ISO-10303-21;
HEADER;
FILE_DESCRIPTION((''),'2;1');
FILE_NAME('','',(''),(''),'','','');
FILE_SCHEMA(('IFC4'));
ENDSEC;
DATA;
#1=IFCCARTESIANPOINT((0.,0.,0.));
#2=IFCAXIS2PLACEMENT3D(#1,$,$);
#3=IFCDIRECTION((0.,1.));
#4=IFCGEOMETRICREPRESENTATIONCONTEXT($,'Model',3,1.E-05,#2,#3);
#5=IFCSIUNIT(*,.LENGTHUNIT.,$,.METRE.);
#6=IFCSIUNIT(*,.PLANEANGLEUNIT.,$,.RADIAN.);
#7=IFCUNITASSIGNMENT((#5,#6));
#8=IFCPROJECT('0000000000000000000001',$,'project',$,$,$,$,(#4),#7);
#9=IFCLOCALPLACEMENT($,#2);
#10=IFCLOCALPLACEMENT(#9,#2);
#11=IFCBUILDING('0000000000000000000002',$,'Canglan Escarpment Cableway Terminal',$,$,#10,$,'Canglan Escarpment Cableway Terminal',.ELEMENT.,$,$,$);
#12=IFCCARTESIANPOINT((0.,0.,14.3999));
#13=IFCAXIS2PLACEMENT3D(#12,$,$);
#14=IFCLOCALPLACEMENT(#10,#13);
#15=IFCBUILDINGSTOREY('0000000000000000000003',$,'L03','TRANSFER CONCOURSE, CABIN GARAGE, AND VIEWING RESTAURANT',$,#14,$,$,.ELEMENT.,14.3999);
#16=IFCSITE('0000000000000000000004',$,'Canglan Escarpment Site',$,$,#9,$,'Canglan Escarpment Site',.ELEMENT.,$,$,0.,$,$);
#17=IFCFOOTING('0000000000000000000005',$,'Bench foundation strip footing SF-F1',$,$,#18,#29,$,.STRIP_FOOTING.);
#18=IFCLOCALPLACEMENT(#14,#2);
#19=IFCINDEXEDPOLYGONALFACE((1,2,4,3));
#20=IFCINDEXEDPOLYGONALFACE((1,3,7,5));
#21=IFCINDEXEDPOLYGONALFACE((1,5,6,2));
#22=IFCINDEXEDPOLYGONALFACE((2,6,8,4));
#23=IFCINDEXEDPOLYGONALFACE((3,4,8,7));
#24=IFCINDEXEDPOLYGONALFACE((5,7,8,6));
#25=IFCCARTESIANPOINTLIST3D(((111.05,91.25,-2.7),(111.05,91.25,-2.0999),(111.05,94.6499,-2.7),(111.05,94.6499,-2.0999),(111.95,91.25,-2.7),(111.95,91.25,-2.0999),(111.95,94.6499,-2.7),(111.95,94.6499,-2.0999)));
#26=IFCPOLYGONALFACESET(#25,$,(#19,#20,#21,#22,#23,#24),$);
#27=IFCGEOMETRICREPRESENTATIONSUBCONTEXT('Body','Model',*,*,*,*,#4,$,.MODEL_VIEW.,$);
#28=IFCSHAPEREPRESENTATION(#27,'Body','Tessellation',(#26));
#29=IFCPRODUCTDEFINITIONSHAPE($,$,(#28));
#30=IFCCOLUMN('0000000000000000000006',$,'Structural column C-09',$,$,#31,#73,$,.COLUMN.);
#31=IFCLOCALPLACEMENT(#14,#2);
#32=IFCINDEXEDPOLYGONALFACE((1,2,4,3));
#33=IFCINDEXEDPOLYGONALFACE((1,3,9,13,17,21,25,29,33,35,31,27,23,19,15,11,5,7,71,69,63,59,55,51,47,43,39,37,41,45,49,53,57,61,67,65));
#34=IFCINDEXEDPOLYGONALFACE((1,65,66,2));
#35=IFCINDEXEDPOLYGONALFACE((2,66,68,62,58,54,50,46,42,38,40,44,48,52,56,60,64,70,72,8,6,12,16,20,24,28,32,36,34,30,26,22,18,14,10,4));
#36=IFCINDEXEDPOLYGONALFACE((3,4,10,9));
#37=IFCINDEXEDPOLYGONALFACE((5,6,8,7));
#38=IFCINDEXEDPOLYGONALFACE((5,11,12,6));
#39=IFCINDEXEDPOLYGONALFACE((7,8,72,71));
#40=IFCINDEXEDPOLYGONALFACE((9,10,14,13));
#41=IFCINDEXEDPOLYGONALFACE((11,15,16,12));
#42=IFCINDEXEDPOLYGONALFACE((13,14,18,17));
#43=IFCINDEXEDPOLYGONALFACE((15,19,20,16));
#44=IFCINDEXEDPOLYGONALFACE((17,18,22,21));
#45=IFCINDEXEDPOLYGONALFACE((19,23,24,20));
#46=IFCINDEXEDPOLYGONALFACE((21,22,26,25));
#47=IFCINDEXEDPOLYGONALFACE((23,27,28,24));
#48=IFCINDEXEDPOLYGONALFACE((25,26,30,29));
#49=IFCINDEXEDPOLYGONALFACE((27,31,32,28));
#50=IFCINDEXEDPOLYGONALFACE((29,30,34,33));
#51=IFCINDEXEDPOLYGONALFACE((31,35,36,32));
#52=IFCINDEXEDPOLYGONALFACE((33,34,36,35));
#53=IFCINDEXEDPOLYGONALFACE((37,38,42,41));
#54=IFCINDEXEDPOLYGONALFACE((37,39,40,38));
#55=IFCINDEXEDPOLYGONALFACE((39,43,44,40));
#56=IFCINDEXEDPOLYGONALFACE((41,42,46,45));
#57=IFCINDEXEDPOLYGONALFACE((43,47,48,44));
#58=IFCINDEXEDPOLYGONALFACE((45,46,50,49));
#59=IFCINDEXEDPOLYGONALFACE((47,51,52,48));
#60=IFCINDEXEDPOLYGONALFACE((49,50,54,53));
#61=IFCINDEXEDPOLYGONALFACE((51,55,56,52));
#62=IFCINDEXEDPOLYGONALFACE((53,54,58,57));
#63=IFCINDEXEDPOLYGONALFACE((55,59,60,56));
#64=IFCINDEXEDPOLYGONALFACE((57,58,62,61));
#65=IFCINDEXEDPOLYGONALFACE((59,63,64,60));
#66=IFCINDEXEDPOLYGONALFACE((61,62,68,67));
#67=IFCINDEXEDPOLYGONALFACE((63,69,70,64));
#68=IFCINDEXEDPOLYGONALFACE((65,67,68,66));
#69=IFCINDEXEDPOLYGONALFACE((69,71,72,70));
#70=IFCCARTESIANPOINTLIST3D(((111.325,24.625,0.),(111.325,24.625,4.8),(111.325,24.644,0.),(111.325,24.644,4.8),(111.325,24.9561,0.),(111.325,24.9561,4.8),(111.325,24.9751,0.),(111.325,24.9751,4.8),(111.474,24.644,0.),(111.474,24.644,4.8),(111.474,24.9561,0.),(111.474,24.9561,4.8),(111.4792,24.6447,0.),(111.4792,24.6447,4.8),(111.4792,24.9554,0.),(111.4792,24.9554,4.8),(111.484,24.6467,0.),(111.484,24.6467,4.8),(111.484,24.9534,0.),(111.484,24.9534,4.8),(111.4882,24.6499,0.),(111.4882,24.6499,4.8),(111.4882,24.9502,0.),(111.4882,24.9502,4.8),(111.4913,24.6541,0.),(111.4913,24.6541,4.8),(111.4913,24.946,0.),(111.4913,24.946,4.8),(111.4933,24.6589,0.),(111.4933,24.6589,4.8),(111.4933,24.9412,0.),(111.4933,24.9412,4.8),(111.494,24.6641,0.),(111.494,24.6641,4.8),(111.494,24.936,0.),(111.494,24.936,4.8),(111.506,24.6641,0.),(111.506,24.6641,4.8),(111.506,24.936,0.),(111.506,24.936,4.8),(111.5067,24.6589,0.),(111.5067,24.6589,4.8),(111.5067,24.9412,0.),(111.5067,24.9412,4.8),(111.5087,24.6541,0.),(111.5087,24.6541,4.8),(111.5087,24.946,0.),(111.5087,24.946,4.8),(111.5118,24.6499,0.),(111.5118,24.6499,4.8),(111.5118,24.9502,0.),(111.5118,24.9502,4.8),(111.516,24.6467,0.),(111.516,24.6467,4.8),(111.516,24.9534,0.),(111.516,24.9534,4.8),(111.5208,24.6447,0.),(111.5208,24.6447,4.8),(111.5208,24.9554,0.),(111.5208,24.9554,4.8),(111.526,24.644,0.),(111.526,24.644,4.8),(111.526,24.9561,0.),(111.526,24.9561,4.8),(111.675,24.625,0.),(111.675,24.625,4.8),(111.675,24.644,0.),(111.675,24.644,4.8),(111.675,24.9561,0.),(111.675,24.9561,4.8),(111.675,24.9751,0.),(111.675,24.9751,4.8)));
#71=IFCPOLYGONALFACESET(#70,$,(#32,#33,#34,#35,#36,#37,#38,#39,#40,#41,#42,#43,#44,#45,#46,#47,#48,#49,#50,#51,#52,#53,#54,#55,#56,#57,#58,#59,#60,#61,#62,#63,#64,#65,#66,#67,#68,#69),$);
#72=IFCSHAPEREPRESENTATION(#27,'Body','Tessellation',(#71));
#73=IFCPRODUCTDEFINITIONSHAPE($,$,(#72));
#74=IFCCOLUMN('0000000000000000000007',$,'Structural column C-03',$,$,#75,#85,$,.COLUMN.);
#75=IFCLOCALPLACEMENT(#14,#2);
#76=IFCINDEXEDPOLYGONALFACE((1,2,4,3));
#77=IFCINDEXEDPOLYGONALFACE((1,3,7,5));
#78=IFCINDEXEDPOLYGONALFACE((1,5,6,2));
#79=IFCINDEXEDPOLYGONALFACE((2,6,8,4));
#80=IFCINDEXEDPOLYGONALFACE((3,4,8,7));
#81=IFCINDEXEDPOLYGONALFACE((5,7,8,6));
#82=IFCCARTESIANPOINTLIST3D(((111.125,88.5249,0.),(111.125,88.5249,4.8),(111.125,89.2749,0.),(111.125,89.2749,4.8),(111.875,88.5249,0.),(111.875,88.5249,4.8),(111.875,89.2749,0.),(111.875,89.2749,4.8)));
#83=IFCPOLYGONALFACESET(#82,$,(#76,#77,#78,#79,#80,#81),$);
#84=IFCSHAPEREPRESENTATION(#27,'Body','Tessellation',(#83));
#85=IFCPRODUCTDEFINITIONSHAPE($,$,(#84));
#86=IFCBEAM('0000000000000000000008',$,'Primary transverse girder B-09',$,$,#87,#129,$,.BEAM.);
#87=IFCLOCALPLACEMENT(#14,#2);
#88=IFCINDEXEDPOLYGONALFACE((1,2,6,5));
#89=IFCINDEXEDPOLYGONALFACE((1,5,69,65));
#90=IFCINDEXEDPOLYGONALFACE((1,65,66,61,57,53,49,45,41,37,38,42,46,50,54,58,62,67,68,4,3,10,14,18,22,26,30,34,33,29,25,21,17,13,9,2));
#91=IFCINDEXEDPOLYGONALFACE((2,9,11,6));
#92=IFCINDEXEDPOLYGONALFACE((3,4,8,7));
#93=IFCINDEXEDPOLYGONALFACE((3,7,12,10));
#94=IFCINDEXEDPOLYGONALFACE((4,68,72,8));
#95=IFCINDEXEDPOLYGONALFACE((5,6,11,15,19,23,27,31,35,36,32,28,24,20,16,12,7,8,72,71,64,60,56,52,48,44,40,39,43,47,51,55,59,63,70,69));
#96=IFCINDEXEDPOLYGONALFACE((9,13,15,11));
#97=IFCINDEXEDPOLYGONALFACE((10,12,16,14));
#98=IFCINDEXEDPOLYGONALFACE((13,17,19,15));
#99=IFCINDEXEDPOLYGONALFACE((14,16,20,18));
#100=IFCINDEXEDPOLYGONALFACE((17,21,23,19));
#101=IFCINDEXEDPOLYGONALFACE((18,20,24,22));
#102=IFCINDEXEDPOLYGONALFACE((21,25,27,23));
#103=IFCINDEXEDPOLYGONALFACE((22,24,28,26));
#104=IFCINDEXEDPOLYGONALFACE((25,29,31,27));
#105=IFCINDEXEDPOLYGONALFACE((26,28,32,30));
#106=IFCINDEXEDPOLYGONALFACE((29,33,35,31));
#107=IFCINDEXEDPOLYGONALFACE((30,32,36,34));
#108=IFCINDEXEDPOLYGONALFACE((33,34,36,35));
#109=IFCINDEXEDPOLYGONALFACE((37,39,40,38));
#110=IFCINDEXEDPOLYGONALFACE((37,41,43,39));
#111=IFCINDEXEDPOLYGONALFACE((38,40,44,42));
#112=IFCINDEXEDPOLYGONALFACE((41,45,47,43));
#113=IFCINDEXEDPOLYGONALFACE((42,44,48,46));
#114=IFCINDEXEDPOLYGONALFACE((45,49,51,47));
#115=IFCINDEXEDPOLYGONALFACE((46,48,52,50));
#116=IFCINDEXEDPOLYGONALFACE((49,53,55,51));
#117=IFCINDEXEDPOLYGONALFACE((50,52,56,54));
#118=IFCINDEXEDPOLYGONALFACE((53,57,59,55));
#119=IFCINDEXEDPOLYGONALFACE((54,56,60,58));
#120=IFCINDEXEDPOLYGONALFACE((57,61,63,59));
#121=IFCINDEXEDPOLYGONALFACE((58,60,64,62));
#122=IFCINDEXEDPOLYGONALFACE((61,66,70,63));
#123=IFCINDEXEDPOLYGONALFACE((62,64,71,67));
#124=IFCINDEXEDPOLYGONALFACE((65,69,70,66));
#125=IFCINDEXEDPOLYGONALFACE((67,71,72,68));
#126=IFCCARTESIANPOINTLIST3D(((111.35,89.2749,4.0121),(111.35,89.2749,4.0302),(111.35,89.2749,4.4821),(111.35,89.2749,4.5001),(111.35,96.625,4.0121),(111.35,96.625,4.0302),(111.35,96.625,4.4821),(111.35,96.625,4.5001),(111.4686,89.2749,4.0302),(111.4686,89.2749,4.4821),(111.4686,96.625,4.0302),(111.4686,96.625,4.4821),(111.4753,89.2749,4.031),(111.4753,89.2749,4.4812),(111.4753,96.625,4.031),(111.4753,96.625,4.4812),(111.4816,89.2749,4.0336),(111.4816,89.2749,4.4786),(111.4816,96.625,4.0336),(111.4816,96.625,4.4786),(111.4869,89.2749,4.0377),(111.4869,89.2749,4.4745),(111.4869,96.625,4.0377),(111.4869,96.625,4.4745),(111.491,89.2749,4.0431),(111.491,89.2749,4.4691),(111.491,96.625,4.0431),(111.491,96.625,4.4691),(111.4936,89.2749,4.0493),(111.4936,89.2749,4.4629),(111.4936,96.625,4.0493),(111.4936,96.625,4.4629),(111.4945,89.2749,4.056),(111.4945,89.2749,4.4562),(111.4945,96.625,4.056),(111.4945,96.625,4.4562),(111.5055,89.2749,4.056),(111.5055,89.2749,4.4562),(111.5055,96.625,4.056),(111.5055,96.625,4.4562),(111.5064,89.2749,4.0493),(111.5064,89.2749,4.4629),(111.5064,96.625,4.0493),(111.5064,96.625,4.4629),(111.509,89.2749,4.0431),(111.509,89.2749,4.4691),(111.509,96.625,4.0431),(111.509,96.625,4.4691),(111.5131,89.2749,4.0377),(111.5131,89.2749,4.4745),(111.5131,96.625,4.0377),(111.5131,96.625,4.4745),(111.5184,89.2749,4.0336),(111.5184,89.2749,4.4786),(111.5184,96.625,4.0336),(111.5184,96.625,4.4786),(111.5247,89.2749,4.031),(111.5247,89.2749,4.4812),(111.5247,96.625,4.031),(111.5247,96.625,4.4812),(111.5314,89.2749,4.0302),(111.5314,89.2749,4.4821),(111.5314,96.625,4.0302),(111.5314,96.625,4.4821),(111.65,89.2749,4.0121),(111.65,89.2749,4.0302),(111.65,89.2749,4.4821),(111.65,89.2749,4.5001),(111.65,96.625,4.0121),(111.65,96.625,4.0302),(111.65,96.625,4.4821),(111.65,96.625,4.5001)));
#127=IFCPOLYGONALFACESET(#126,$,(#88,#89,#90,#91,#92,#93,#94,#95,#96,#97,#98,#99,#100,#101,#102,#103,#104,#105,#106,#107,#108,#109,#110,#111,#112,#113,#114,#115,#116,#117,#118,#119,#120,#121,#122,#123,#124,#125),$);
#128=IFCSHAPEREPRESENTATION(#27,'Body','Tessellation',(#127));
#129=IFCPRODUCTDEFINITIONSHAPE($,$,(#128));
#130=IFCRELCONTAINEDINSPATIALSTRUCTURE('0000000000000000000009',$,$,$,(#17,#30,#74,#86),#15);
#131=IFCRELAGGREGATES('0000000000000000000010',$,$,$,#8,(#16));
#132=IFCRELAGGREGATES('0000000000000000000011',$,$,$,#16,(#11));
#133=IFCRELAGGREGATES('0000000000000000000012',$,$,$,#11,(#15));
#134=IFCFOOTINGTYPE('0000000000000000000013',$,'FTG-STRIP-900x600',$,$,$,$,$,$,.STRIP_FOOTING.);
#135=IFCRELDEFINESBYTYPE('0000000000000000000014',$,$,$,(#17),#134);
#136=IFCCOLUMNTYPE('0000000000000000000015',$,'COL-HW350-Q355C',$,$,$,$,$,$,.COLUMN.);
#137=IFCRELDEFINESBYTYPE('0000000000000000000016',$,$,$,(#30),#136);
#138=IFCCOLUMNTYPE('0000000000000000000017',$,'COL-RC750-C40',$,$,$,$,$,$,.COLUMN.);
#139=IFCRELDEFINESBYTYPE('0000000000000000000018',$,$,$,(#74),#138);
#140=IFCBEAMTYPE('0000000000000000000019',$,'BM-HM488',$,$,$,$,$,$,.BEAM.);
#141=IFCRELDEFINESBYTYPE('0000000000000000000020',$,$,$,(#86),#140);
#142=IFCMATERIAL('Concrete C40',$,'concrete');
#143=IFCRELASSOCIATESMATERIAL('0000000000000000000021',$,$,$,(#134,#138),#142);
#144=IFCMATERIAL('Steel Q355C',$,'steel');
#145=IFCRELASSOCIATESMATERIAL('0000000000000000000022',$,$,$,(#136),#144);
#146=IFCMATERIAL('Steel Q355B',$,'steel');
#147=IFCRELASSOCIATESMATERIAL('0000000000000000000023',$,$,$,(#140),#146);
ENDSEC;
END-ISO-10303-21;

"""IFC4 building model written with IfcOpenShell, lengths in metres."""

from ifc_helpers import new_model, si_unit, direction, frame, origin, origin_2d, place, context, subcontext, project, spatial, rectangle, i_section, extrude, material, material_profile, profile_set, type_object, element, save


model = new_model("IFC4")

# Units and contexts
model_context = context("Model", 3, precision=1e-05, world=origin(), true_north=direction((0.0, 1.0)))
body_context = subcontext(model_context, "Body", "Model", "MODEL_VIEW")
ifc_project = project(units=[si_unit("LENGTHUNIT", "METRE"), si_unit("PLANEANGLEUNIT", "RADIAN")], contexts=[model_context])

# Site, building, storey
site_placement = place(None, origin())
site = spatial("IfcSite", under=ifc_project, at=site_placement, Name="Canglan Escarpment Site", LongName="Canglan Escarpment Site", CompositionType="ELEMENT", RefElevation=0.0)
building_placement = place(site_placement, origin())
building = spatial("IfcBuilding", under=site, at=building_placement, Name="Canglan Escarpment Cableway Terminal", LongName="Canglan Escarpment Cableway Terminal", CompositionType="ELEMENT")
storey_placement = place(building_placement, frame((0.0, 0.0, 14.3999)))
storey = spatial("IfcBuildingStorey", under=building, at=storey_placement, Name="L03", Description="TRANSFER CONCOURSE, CABIN GARAGE, AND VIEWING RESTAURANT", CompositionType="ELEMENT", Elevation=14.3999)

# Footing
ifc_material_1 = material(Name="Concrete C40", Category="concrete")
ifc_material_profile_1 = material_profile(ifc_material_1, rectangle(XDim=0.8999, YDim=0.6001, at=origin_2d()), Name="SF 900x600")
ifc_profile_set_1 = profile_set([ifc_material_profile_1], Name="Concrete C40")
footing_type = type_object("IfcFootingType", Name="FTG-STRIP-900x600", PredefinedType="STRIP_FOOTING", material=ifc_profile_set_1)
footing_placement = place(storey_placement, frame((111.5, 91.25, -2.3999), z_axis=(0.0, 1.0, 0.0), x_axis=(-1.0, 0.0, 0.0)))
element("IfcFooting", 1, at=footing_placement, inside=storey, type_object=footing_type, Name="Bench foundation strip footing SF-F1", PredefinedType="STRIP_FOOTING", context=body_context, shape_type="SweptSolid", body=[
    extrude(rectangle(XDim=0.8999, YDim=0.6001, at=origin_2d()), origin(), (0.0, 0.0, 1.0), 3.3999),
])

# Columns
ifc_material_2 = material(Name="Steel Q355C", Category="steel")
ifc_material_profile_2 = material_profile(ifc_material_2, i_section(OverallWidth=0.3501, OverallDepth=0.3501, WebThickness=0.012, FlangeThickness=0.019, FilletRadius=0.02, at=origin_2d()), Name="HW 350x350x12x19")
ifc_profile_set_2 = profile_set([ifc_material_profile_2], Name="Steel Q355C")
column_type_1 = type_object("IfcColumnType", Name="COL-HW350-Q355C", PredefinedType="COLUMN", material=ifc_profile_set_2)
column_1_placement = place(storey_placement, frame((111.5, 24.8, 0.0), z_axis=(0.0, 0.0, 1.0), x_axis=(1.0, 0.0, 0.0)))
element("IfcColumn", 2, at=column_1_placement, inside=storey, type_object=column_type_1, Name="Structural column C-09", PredefinedType="COLUMN", context=body_context, shape_type="SweptSolid", body=[
    extrude(i_section(OverallWidth=0.3501, OverallDepth=0.3501, WebThickness=0.012, FlangeThickness=0.019, FilletRadius=0.02, at=origin_2d()), origin(), (0.0, 0.0, 1.0), 4.8),
])
ifc_material_profile_3 = material_profile(ifc_material_1, rectangle(XDim=0.75, YDim=0.75, at=origin_2d()), Name="RC 750x750")
ifc_profile_set_3 = profile_set([ifc_material_profile_3], Name="Concrete C40")
column_type_2 = type_object("IfcColumnType", Name="COL-RC750-C40", PredefinedType="COLUMN", material=ifc_profile_set_3)
column_2_placement = place(storey_placement, frame((111.5, 88.8999, 0.0), z_axis=(0.0, 0.0, 1.0), x_axis=(1.0, 0.0, 0.0)))
element("IfcColumn", 3, at=column_2_placement, inside=storey, type_object=column_type_2, Name="Structural column C-03", PredefinedType="COLUMN", context=body_context, shape_type="SweptSolid", body=[
    extrude(rectangle(XDim=0.75, YDim=0.75, at=origin_2d()), origin(), (0.0, 0.0, 1.0), 4.8),
])

# Beam
ifc_material_3 = material(Name="Steel Q355B", Category="steel")
ifc_material_profile_4 = material_profile(ifc_material_3, i_section(OverallWidth=0.3, OverallDepth=0.488, WebThickness=0.011, FlangeThickness=0.0181, FilletRadius=0.0259, at=origin_2d()), Name="HM 488x300x11x18")
ifc_profile_set_4 = profile_set([ifc_material_profile_4], Name="Steel Q355B")
beam_type = type_object("IfcBeamType", Name="BM-HM488", PredefinedType="BEAM", material=ifc_profile_set_4)
beam_placement = place(storey_placement, frame((111.5, 89.2749, 4.2561), z_axis=(0.0, 1.0, 0.0), x_axis=(-1.0, 0.0, 0.0)))
element("IfcBeam", 4, at=beam_placement, inside=storey, type_object=beam_type, Name="Primary transverse girder B-09", PredefinedType="BEAM", context=body_context, shape_type="SweptSolid", body=[
    extrude(i_section(OverallWidth=0.3, OverallDepth=0.488, WebThickness=0.011, FlangeThickness=0.0181, FilletRadius=0.0259, at=origin_2d()), origin(), (0.0, 0.0, 1.0), 7.3501),
])

save(model, "model.ifc")
